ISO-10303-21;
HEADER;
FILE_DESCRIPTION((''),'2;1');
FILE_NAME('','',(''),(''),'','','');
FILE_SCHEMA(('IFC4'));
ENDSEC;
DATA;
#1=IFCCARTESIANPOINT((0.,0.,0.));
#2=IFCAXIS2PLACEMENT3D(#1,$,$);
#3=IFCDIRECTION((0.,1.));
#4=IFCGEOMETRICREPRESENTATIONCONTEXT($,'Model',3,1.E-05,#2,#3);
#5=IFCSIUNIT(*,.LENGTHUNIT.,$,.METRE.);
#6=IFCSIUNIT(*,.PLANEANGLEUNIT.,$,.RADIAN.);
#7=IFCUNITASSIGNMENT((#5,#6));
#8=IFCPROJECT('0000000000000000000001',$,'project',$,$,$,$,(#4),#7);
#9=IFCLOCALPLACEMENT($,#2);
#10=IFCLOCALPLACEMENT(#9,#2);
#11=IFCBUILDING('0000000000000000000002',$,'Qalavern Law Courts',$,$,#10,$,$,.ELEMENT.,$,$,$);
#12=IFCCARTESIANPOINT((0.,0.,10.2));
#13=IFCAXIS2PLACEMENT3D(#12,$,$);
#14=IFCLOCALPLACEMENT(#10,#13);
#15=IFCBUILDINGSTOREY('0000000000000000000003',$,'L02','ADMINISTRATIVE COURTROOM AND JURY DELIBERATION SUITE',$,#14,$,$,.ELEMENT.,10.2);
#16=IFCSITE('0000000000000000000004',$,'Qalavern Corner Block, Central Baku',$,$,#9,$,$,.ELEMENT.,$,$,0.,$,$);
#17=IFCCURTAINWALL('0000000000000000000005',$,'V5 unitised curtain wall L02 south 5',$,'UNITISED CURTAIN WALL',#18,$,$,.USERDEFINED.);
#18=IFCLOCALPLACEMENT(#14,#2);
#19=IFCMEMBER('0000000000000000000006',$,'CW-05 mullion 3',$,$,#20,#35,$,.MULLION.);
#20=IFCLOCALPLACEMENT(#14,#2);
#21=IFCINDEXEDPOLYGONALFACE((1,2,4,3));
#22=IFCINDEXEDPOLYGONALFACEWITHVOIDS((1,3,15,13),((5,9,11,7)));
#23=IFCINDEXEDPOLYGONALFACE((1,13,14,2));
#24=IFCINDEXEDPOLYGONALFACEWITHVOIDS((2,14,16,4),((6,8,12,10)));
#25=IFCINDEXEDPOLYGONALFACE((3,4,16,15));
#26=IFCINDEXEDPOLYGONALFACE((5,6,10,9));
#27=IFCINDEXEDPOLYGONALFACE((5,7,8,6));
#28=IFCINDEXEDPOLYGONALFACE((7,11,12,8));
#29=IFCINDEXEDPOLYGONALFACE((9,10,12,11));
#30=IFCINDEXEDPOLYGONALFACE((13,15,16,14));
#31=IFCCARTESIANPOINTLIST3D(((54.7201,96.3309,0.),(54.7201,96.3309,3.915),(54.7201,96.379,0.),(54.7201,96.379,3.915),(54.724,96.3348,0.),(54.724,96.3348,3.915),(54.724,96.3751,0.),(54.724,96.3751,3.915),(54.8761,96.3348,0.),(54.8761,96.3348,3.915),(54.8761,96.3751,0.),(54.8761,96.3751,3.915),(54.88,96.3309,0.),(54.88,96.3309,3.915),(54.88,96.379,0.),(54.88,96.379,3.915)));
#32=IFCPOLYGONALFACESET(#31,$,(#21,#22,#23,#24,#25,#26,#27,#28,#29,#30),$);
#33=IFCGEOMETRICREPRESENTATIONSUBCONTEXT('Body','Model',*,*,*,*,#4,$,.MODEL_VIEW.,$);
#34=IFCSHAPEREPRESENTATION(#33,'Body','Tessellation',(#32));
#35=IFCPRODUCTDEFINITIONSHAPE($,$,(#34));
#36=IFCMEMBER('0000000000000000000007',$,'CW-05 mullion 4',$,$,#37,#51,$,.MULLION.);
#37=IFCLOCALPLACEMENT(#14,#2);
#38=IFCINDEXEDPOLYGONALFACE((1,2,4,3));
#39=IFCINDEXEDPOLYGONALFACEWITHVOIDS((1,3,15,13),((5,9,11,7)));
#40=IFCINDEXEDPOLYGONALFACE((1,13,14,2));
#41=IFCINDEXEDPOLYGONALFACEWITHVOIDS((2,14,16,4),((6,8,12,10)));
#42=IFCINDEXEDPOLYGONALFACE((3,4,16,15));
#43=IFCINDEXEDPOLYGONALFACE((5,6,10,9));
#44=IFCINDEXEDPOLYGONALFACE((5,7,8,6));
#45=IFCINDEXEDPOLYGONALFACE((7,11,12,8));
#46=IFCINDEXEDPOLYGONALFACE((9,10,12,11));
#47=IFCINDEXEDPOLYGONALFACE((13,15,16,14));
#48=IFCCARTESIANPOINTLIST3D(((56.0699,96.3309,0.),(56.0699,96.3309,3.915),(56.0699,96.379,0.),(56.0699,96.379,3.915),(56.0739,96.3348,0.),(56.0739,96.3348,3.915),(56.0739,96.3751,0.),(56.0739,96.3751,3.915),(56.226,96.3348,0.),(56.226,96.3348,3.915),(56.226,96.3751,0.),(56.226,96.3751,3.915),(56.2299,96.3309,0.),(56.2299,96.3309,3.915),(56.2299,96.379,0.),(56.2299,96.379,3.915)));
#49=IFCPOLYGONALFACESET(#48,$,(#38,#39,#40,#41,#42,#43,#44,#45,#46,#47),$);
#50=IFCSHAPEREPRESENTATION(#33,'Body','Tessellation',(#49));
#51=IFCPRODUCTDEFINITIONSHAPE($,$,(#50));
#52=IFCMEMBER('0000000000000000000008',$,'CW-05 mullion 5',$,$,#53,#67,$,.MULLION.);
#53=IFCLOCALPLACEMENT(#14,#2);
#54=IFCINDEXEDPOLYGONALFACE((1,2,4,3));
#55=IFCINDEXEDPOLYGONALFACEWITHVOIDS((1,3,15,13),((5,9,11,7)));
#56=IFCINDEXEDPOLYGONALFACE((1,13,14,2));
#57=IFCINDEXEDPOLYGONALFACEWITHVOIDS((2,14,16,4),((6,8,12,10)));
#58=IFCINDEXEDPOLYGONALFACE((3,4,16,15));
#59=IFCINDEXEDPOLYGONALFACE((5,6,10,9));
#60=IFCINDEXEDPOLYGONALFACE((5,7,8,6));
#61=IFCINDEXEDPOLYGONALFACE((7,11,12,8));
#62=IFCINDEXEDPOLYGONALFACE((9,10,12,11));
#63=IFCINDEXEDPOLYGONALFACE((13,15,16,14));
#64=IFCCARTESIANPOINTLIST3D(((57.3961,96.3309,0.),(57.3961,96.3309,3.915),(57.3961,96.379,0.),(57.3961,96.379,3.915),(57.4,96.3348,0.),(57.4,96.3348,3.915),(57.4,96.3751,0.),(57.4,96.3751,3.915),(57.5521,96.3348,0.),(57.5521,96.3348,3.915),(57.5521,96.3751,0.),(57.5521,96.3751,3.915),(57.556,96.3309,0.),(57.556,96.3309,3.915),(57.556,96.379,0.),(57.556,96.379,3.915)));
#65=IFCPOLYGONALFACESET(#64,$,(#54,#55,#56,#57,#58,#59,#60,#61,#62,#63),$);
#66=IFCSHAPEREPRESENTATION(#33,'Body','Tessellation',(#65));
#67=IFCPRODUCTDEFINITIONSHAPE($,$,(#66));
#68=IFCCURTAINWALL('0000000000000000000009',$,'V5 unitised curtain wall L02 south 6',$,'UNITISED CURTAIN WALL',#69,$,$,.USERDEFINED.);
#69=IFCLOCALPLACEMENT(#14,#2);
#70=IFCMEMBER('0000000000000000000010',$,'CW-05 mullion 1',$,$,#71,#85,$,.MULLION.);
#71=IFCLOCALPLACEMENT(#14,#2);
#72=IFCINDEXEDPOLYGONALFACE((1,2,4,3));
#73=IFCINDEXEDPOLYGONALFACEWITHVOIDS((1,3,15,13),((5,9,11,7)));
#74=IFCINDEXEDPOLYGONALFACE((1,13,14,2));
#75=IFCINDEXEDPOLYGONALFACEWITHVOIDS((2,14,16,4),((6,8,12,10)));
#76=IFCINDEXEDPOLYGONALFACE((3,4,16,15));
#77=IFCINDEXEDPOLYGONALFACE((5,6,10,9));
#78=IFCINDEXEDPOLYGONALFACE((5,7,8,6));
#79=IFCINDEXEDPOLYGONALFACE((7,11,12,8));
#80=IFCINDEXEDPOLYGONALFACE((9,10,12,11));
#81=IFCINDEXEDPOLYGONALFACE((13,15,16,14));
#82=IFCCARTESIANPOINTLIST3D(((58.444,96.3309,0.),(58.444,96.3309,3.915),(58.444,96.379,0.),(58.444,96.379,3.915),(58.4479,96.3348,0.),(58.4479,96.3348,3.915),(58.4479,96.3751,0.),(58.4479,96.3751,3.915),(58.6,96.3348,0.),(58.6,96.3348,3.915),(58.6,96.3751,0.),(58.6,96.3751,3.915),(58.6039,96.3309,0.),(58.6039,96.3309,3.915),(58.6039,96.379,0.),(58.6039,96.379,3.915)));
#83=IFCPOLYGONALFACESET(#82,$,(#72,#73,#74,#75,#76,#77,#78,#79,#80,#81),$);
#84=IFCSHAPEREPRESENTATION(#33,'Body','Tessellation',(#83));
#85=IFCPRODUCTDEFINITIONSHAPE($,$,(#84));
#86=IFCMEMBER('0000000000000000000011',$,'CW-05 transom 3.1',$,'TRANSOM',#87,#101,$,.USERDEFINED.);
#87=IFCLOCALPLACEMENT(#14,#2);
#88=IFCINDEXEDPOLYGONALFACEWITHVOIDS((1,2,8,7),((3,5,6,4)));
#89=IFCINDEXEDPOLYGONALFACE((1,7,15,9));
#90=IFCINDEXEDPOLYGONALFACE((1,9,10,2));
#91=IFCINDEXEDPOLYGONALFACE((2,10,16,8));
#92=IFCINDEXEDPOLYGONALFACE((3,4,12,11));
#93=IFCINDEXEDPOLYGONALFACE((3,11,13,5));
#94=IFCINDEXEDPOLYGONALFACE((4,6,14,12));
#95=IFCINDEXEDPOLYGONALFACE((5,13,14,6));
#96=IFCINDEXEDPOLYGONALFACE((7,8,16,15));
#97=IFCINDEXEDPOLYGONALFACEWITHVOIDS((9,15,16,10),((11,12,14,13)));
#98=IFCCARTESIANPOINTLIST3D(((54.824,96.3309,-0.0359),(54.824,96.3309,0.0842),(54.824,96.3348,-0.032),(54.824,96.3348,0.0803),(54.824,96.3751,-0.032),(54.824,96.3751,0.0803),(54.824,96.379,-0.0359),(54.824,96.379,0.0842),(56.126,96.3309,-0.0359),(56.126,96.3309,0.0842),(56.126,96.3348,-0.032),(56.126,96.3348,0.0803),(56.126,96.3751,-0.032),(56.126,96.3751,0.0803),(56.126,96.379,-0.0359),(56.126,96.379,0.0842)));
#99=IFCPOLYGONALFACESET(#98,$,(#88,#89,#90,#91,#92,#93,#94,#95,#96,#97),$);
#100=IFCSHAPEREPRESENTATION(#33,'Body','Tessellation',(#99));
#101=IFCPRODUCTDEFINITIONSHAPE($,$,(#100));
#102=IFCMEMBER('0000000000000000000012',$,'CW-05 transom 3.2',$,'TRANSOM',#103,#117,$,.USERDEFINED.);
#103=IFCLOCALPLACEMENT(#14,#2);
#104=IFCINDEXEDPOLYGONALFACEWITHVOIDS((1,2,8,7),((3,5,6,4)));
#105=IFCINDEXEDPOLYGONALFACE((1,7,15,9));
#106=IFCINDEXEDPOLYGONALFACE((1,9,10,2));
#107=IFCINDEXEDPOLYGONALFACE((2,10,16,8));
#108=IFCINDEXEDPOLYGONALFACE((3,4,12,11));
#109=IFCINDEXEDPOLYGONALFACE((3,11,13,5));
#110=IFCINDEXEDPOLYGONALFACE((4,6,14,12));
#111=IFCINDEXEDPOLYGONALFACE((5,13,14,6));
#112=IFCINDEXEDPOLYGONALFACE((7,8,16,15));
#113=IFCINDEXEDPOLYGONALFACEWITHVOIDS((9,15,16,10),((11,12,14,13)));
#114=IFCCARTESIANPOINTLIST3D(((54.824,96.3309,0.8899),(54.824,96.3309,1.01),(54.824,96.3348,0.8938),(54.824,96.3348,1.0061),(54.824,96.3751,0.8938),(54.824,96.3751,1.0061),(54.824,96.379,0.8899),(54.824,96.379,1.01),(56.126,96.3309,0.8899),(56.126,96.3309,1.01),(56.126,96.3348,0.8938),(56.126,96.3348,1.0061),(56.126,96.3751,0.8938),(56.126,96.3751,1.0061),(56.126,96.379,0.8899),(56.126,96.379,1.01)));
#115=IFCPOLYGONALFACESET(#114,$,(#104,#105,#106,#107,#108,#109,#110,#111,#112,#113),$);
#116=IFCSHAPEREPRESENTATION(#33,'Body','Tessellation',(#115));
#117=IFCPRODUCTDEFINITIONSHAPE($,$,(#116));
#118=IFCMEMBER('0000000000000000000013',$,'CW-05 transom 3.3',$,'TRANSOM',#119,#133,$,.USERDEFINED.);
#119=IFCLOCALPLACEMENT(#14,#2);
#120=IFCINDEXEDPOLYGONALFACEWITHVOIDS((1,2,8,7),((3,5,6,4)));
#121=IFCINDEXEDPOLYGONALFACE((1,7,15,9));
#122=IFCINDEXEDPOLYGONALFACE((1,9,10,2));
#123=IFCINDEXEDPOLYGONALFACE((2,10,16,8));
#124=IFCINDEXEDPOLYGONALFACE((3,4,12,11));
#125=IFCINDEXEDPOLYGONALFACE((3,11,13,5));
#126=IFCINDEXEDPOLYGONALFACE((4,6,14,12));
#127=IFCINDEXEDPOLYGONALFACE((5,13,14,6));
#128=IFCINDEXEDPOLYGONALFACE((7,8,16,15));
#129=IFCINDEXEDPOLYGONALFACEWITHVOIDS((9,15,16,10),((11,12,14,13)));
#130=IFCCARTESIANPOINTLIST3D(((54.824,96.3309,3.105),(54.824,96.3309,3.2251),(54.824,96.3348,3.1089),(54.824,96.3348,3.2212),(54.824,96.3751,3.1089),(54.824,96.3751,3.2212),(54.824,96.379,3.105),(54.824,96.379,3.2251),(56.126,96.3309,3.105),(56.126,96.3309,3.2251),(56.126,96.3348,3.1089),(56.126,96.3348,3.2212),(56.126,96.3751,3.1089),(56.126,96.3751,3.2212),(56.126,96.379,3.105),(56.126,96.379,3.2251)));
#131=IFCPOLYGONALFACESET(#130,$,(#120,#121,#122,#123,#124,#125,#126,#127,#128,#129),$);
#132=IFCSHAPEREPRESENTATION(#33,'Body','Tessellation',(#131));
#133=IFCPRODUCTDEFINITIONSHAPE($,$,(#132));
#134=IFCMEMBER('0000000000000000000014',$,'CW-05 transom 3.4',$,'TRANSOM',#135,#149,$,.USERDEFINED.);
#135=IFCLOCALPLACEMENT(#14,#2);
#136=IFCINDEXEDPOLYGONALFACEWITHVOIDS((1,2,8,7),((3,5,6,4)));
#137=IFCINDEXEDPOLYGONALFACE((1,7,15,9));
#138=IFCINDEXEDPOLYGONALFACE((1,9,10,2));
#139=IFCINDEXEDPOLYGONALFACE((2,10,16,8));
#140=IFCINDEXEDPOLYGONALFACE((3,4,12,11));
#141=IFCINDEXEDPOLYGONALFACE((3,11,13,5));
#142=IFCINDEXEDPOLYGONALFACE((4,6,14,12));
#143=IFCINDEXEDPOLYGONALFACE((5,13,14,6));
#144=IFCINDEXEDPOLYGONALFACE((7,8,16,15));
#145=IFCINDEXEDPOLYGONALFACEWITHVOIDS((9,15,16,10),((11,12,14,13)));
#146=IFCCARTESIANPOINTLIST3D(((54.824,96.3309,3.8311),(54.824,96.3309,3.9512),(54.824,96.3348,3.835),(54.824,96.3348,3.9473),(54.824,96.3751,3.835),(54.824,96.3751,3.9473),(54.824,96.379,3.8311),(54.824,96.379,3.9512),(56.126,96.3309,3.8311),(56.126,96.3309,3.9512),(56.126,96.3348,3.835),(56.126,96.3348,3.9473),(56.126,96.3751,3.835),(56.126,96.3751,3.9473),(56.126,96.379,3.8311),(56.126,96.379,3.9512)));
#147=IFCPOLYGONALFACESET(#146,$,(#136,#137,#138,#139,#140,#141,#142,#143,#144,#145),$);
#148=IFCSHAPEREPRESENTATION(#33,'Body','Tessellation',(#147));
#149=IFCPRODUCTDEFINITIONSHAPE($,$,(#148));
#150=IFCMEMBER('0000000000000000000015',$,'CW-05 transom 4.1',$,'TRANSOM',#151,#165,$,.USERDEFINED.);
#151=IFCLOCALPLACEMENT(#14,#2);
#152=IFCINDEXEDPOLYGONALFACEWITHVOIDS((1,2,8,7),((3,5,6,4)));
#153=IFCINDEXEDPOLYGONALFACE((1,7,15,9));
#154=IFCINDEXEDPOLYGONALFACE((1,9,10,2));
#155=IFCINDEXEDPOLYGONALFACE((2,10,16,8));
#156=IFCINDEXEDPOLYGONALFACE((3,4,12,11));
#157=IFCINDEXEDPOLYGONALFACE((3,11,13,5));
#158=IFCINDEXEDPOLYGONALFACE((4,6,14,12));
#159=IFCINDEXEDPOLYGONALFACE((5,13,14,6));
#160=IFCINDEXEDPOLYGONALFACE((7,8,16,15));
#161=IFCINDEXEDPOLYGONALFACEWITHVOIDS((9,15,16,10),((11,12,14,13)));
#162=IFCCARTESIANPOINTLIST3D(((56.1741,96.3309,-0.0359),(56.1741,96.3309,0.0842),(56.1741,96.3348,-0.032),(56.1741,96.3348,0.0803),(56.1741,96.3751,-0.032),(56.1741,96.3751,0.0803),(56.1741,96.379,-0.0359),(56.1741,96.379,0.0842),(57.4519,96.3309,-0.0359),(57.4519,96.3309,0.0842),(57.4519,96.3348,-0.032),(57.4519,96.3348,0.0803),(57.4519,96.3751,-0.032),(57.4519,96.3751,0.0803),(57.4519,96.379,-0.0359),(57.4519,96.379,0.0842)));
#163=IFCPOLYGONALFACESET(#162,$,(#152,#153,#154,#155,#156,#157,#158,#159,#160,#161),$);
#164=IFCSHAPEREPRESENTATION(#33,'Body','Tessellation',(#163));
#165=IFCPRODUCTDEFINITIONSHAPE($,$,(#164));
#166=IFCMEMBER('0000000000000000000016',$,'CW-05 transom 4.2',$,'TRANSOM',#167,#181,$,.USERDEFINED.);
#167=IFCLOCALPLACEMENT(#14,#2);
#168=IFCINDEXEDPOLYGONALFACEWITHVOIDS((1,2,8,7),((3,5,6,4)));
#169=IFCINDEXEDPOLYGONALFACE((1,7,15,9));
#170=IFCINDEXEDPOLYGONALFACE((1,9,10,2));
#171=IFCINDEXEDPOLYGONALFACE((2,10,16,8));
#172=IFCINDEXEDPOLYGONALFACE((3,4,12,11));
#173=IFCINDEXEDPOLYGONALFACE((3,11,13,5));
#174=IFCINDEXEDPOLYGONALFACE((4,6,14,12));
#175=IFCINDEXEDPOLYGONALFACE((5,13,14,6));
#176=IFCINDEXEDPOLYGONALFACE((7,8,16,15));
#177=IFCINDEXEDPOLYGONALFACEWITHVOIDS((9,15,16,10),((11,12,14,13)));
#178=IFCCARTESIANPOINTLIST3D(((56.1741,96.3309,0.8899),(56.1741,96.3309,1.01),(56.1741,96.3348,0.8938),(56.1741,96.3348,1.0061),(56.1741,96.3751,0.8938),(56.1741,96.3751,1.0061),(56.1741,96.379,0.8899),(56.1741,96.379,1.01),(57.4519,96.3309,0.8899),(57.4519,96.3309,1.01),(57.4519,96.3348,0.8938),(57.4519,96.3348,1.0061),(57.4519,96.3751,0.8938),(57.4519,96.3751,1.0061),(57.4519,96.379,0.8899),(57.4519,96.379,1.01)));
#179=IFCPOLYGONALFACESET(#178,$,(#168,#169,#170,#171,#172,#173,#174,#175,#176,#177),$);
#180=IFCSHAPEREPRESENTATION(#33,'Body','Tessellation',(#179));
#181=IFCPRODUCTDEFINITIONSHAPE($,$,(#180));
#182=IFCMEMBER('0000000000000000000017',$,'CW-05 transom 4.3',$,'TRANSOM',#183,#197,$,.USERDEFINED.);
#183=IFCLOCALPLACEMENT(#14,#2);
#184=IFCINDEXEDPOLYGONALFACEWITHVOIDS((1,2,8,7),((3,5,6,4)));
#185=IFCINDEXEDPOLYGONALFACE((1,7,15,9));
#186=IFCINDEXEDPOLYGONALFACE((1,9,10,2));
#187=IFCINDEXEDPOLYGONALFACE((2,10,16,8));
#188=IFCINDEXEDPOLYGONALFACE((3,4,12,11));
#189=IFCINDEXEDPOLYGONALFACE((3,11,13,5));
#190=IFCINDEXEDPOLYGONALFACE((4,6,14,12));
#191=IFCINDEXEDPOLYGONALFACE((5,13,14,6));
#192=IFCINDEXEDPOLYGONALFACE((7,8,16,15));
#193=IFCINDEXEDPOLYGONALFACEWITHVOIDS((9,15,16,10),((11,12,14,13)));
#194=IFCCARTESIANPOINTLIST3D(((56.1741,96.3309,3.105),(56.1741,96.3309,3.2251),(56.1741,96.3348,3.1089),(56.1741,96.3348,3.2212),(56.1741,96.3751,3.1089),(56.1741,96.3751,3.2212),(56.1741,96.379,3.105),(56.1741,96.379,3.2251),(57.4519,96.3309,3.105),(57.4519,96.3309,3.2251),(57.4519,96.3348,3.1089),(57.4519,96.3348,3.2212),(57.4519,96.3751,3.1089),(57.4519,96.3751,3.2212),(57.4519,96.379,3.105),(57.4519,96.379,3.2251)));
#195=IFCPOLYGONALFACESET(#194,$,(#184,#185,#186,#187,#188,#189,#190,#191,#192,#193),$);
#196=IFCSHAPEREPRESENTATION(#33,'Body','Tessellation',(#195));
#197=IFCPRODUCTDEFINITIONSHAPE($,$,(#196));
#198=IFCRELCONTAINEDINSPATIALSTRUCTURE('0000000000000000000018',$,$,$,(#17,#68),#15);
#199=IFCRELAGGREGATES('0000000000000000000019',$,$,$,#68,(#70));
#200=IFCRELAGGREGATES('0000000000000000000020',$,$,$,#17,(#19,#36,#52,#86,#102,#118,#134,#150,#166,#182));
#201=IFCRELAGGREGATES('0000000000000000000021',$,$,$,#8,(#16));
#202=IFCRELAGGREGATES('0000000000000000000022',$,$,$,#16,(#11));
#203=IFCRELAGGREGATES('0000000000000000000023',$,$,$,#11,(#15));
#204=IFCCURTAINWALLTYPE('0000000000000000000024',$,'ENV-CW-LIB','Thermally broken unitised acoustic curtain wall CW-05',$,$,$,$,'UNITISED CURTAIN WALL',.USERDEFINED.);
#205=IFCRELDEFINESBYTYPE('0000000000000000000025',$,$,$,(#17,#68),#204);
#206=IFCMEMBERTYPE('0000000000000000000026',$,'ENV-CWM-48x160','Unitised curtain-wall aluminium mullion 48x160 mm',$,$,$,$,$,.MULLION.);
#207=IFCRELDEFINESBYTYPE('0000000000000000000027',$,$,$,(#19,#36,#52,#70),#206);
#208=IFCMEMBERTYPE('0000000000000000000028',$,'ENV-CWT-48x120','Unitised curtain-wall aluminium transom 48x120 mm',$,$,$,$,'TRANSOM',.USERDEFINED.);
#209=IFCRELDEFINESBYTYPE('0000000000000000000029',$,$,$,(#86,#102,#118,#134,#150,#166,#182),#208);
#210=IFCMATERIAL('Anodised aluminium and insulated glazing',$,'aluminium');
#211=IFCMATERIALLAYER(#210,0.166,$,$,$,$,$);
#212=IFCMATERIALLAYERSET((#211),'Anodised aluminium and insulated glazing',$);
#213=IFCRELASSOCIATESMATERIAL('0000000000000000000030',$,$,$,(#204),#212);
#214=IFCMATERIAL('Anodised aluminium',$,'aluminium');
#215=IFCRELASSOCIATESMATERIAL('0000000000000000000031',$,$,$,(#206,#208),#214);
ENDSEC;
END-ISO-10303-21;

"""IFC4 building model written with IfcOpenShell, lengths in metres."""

from ifc_helpers import new_model, si_unit, direction, frame, origin, origin_2d, place, context, subcontext, project, spatial, hollow_rectangle, extrude, material, layer, layer_set, material_profile, profile_set, type_object, element, aggregate, save


model = new_model("IFC4")

# Units and contexts
model_context = context("Model", 3, precision=1e-05, world=origin(), true_north=direction((0.0, 1.0)))
body_context = subcontext(model_context, "Body", "Model", "MODEL_VIEW")
ifc_project = project(units=[si_unit("LENGTHUNIT", "METRE"), si_unit("PLANEANGLEUNIT", "RADIAN")], contexts=[model_context])

# Site, building, storey
site_placement = place(None, origin())
site = spatial("IfcSite", under=ifc_project, at=site_placement, Name="Qalavern Corner Block, Central Baku", CompositionType="ELEMENT", RefElevation=0.0)
building_placement = place(site_placement, origin())
building = spatial("IfcBuilding", under=site, at=building_placement, Name="Qalavern Law Courts", CompositionType="ELEMENT")
storey_placement = place(building_placement, frame((0.0, 0.0, 10.2)))
storey = spatial("IfcBuildingStorey", under=building, at=storey_placement, Name="L02", Description="ADMINISTRATIVE COURTROOM AND JURY DELIBERATION SUITE", CompositionType="ELEMENT", Elevation=10.2)

# Curtain wall, members
ifc_material_1 = material(Name="Anodised aluminium and insulated glazing", Category="aluminium")
ifc_layer_1 = layer(ifc_material_1, 0.166)
ifc_layer_set_1 = layer_set([ifc_layer_1], Name="Anodised aluminium and insulated glazing")
curtain_wall_type = type_object("IfcCurtainWallType", Name="ENV-CW-LIB", Description="Thermally broken unitised acoustic curtain wall CW-05", ElementType="UNITISED CURTAIN WALL", PredefinedType="USERDEFINED", material=ifc_layer_set_1)
curtain_wall_1_placement = place(storey_placement, origin())
curtain_wall_1 = element("IfcCurtainWall", 1, at=curtain_wall_1_placement, inside=storey, type_object=curtain_wall_type, Name="V5 unitised curtain wall L02 south 5", ObjectType="UNITISED CURTAIN WALL", PredefinedType="USERDEFINED")
ifc_material_2 = material(Name="Anodised aluminium", Category="aluminium")
ifc_material_profile_1 = material_profile(ifc_material_2, hollow_rectangle(XDim=0.0481, YDim=0.1599, WallThickness=0.0039, at=origin_2d()), Name="ALU MULLION 48x160")
ifc_profile_set_1 = profile_set([ifc_material_profile_1], Name="Anodised aluminium")
member_type_1 = type_object("IfcMemberType", Name="ENV-CWM-48x160", Description="Unitised curtain-wall aluminium mullion 48x160 mm", PredefinedType="MULLION", material=ifc_profile_set_1)
member_1_placement = place(storey_placement, frame((54.8, 96.355, 0.0), z_axis=(0.0, 0.0, 1.0), x_axis=(0.0, 1.0, 0.0)))
member_1 = element("IfcMember", 2, at=member_1_placement, type_object=member_type_1, Name="CW-05 mullion 3", PredefinedType="MULLION", context=body_context, shape_type="SweptSolid", body=[
    extrude(hollow_rectangle(XDim=0.0481, YDim=0.1599, WallThickness=0.0039, at=origin_2d()), origin(), (0.0, 0.0, 1.0), 3.915),
])
member_2_placement = place(storey_placement, frame((56.1499, 96.355, 0.0), z_axis=(0.0, 0.0, 1.0), x_axis=(0.0, 1.0, 0.0)))
member_2 = element("IfcMember", 3, at=member_2_placement, type_object=member_type_1, Name="CW-05 mullion 4", PredefinedType="MULLION", context=body_context, shape_type="SweptSolid", body=[
    extrude(hollow_rectangle(XDim=0.0481, YDim=0.1599, WallThickness=0.0039, at=origin_2d()), origin(), (0.0, 0.0, 1.0), 3.915),
])
member_3_placement = place(storey_placement, frame((57.4761, 96.355, 0.0), z_axis=(0.0, 0.0, 1.0), x_axis=(0.0, 1.0, 0.0)))
member_3 = element("IfcMember", 4, at=member_3_placement, type_object=member_type_1, Name="CW-05 mullion 5", PredefinedType="MULLION", context=body_context, shape_type="SweptSolid", body=[
    extrude(hollow_rectangle(XDim=0.0481, YDim=0.1599, WallThickness=0.0039, at=origin_2d()), origin(), (0.0, 0.0, 1.0), 3.915),
])

# Curtain wall, member
curtain_wall_2_placement = place(storey_placement, origin())
curtain_wall_2 = element("IfcCurtainWall", 5, at=curtain_wall_2_placement, inside=storey, type_object=curtain_wall_type, Name="V5 unitised curtain wall L02 south 6", ObjectType="UNITISED CURTAIN WALL", PredefinedType="USERDEFINED")
member_4_placement = place(storey_placement, frame((58.5239, 96.355, 0.0), z_axis=(0.0, 0.0, 1.0), x_axis=(0.0, 1.0, 0.0)))
member_4 = element("IfcMember", 6, at=member_4_placement, type_object=member_type_1, Name="CW-05 mullion 1", PredefinedType="MULLION", context=body_context, shape_type="SweptSolid", body=[
    extrude(hollow_rectangle(XDim=0.0481, YDim=0.1599, WallThickness=0.0039, at=origin_2d()), origin(), (0.0, 0.0, 1.0), 3.915),
])

# Members
ifc_material_profile_2 = material_profile(ifc_material_2, hollow_rectangle(XDim=0.0481, YDim=0.1201, WallThickness=0.0039, at=origin_2d()), Name="ALU TRANSOM 48x120")
ifc_profile_set_2 = profile_set([ifc_material_profile_2], Name="Anodised aluminium")
member_type_2 = type_object("IfcMemberType", Name="ENV-CWT-48x120", Description="Unitised curtain-wall aluminium transom 48x120 mm", ElementType="TRANSOM", PredefinedType="USERDEFINED", material=ifc_profile_set_2)
member_5_placement = place(storey_placement, frame((54.824, 96.355, 0.0242), z_axis=(1.0, 0.0, 0.0), x_axis=(0.0, 1.0, 0.0)))
member_5 = element("IfcMember", 7, at=member_5_placement, type_object=member_type_2, Name="CW-05 transom 3.1", ObjectType="TRANSOM", PredefinedType="USERDEFINED", context=body_context, shape_type="SweptSolid", body=[
    extrude(hollow_rectangle(XDim=0.0481, YDim=0.1201, WallThickness=0.0039, at=origin_2d()), origin(), (0.0, 0.0, 1.0), 1.302),
])
member_6_placement = place(storey_placement, frame((54.824, 96.355, 0.95), z_axis=(1.0, 0.0, 0.0), x_axis=(0.0, 1.0, 0.0)))
member_6 = element("IfcMember", 8, at=member_6_placement, type_object=member_type_2, Name="CW-05 transom 3.2", ObjectType="TRANSOM", PredefinedType="USERDEFINED", context=body_context, shape_type="SweptSolid", body=[
    extrude(hollow_rectangle(XDim=0.0481, YDim=0.1201, WallThickness=0.0039, at=origin_2d()), origin(), (0.0, 0.0, 1.0), 1.302),
])
member_7_placement = place(storey_placement, frame((54.824, 96.355, 3.165), z_axis=(1.0, 0.0, 0.0), x_axis=(0.0, 1.0, 0.0)))
member_7 = element("IfcMember", 9, at=member_7_placement, type_object=member_type_2, Name="CW-05 transom 3.3", ObjectType="TRANSOM", PredefinedType="USERDEFINED", context=body_context, shape_type="SweptSolid", body=[
    extrude(hollow_rectangle(XDim=0.0481, YDim=0.1201, WallThickness=0.0039, at=origin_2d()), origin(), (0.0, 0.0, 1.0), 1.302),
])
member_8_placement = place(storey_placement, frame((54.824, 96.355, 3.8911), z_axis=(1.0, 0.0, 0.0), x_axis=(0.0, 1.0, 0.0)))
member_8 = element("IfcMember", 10, at=member_8_placement, type_object=member_type_2, Name="CW-05 transom 3.4", ObjectType="TRANSOM", PredefinedType="USERDEFINED", context=body_context, shape_type="SweptSolid", body=[
    extrude(hollow_rectangle(XDim=0.0481, YDim=0.1201, WallThickness=0.0039, at=origin_2d()), origin(), (0.0, 0.0, 1.0), 1.302),
])
member_9_placement = place(storey_placement, frame((56.1741, 96.355, 0.0242), z_axis=(1.0, 0.0, 0.0), x_axis=(0.0, 1.0, 0.0)))
member_9 = element("IfcMember", 11, at=member_9_placement, type_object=member_type_2, Name="CW-05 transom 4.1", ObjectType="TRANSOM", PredefinedType="USERDEFINED", context=body_context, shape_type="SweptSolid", body=[
    extrude(hollow_rectangle(XDim=0.0481, YDim=0.1201, WallThickness=0.0039, at=origin_2d()), origin(), (0.0, 0.0, 1.0), 1.2778),
])
member_10_placement = place(storey_placement, frame((56.1741, 96.355, 0.95), z_axis=(1.0, 0.0, 0.0), x_axis=(0.0, 1.0, 0.0)))
member_10 = element("IfcMember", 12, at=member_10_placement, type_object=member_type_2, Name="CW-05 transom 4.2", ObjectType="TRANSOM", PredefinedType="USERDEFINED", context=body_context, shape_type="SweptSolid", body=[
    extrude(hollow_rectangle(XDim=0.0481, YDim=0.1201, WallThickness=0.0039, at=origin_2d()), origin(), (0.0, 0.0, 1.0), 1.2778),
])
member_11_placement = place(storey_placement, frame((56.1741, 96.355, 3.165), z_axis=(1.0, 0.0, 0.0), x_axis=(0.0, 1.0, 0.0)))
member_11 = element("IfcMember", 13, at=member_11_placement, type_object=member_type_2, Name="CW-05 transom 4.3", ObjectType="TRANSOM", PredefinedType="USERDEFINED", context=body_context, shape_type="SweptSolid", body=[
    extrude(hollow_rectangle(XDim=0.0481, YDim=0.1201, WallThickness=0.0039, at=origin_2d()), origin(), (0.0, 0.0, 1.0), 1.2778),
])
aggregate(curtain_wall_2, [member_4])

aggregate(curtain_wall_1, [member_1, member_2, member_3, member_5, member_6, member_7, member_8, member_9, member_10, member_11])

save(model, "model.ifc")
